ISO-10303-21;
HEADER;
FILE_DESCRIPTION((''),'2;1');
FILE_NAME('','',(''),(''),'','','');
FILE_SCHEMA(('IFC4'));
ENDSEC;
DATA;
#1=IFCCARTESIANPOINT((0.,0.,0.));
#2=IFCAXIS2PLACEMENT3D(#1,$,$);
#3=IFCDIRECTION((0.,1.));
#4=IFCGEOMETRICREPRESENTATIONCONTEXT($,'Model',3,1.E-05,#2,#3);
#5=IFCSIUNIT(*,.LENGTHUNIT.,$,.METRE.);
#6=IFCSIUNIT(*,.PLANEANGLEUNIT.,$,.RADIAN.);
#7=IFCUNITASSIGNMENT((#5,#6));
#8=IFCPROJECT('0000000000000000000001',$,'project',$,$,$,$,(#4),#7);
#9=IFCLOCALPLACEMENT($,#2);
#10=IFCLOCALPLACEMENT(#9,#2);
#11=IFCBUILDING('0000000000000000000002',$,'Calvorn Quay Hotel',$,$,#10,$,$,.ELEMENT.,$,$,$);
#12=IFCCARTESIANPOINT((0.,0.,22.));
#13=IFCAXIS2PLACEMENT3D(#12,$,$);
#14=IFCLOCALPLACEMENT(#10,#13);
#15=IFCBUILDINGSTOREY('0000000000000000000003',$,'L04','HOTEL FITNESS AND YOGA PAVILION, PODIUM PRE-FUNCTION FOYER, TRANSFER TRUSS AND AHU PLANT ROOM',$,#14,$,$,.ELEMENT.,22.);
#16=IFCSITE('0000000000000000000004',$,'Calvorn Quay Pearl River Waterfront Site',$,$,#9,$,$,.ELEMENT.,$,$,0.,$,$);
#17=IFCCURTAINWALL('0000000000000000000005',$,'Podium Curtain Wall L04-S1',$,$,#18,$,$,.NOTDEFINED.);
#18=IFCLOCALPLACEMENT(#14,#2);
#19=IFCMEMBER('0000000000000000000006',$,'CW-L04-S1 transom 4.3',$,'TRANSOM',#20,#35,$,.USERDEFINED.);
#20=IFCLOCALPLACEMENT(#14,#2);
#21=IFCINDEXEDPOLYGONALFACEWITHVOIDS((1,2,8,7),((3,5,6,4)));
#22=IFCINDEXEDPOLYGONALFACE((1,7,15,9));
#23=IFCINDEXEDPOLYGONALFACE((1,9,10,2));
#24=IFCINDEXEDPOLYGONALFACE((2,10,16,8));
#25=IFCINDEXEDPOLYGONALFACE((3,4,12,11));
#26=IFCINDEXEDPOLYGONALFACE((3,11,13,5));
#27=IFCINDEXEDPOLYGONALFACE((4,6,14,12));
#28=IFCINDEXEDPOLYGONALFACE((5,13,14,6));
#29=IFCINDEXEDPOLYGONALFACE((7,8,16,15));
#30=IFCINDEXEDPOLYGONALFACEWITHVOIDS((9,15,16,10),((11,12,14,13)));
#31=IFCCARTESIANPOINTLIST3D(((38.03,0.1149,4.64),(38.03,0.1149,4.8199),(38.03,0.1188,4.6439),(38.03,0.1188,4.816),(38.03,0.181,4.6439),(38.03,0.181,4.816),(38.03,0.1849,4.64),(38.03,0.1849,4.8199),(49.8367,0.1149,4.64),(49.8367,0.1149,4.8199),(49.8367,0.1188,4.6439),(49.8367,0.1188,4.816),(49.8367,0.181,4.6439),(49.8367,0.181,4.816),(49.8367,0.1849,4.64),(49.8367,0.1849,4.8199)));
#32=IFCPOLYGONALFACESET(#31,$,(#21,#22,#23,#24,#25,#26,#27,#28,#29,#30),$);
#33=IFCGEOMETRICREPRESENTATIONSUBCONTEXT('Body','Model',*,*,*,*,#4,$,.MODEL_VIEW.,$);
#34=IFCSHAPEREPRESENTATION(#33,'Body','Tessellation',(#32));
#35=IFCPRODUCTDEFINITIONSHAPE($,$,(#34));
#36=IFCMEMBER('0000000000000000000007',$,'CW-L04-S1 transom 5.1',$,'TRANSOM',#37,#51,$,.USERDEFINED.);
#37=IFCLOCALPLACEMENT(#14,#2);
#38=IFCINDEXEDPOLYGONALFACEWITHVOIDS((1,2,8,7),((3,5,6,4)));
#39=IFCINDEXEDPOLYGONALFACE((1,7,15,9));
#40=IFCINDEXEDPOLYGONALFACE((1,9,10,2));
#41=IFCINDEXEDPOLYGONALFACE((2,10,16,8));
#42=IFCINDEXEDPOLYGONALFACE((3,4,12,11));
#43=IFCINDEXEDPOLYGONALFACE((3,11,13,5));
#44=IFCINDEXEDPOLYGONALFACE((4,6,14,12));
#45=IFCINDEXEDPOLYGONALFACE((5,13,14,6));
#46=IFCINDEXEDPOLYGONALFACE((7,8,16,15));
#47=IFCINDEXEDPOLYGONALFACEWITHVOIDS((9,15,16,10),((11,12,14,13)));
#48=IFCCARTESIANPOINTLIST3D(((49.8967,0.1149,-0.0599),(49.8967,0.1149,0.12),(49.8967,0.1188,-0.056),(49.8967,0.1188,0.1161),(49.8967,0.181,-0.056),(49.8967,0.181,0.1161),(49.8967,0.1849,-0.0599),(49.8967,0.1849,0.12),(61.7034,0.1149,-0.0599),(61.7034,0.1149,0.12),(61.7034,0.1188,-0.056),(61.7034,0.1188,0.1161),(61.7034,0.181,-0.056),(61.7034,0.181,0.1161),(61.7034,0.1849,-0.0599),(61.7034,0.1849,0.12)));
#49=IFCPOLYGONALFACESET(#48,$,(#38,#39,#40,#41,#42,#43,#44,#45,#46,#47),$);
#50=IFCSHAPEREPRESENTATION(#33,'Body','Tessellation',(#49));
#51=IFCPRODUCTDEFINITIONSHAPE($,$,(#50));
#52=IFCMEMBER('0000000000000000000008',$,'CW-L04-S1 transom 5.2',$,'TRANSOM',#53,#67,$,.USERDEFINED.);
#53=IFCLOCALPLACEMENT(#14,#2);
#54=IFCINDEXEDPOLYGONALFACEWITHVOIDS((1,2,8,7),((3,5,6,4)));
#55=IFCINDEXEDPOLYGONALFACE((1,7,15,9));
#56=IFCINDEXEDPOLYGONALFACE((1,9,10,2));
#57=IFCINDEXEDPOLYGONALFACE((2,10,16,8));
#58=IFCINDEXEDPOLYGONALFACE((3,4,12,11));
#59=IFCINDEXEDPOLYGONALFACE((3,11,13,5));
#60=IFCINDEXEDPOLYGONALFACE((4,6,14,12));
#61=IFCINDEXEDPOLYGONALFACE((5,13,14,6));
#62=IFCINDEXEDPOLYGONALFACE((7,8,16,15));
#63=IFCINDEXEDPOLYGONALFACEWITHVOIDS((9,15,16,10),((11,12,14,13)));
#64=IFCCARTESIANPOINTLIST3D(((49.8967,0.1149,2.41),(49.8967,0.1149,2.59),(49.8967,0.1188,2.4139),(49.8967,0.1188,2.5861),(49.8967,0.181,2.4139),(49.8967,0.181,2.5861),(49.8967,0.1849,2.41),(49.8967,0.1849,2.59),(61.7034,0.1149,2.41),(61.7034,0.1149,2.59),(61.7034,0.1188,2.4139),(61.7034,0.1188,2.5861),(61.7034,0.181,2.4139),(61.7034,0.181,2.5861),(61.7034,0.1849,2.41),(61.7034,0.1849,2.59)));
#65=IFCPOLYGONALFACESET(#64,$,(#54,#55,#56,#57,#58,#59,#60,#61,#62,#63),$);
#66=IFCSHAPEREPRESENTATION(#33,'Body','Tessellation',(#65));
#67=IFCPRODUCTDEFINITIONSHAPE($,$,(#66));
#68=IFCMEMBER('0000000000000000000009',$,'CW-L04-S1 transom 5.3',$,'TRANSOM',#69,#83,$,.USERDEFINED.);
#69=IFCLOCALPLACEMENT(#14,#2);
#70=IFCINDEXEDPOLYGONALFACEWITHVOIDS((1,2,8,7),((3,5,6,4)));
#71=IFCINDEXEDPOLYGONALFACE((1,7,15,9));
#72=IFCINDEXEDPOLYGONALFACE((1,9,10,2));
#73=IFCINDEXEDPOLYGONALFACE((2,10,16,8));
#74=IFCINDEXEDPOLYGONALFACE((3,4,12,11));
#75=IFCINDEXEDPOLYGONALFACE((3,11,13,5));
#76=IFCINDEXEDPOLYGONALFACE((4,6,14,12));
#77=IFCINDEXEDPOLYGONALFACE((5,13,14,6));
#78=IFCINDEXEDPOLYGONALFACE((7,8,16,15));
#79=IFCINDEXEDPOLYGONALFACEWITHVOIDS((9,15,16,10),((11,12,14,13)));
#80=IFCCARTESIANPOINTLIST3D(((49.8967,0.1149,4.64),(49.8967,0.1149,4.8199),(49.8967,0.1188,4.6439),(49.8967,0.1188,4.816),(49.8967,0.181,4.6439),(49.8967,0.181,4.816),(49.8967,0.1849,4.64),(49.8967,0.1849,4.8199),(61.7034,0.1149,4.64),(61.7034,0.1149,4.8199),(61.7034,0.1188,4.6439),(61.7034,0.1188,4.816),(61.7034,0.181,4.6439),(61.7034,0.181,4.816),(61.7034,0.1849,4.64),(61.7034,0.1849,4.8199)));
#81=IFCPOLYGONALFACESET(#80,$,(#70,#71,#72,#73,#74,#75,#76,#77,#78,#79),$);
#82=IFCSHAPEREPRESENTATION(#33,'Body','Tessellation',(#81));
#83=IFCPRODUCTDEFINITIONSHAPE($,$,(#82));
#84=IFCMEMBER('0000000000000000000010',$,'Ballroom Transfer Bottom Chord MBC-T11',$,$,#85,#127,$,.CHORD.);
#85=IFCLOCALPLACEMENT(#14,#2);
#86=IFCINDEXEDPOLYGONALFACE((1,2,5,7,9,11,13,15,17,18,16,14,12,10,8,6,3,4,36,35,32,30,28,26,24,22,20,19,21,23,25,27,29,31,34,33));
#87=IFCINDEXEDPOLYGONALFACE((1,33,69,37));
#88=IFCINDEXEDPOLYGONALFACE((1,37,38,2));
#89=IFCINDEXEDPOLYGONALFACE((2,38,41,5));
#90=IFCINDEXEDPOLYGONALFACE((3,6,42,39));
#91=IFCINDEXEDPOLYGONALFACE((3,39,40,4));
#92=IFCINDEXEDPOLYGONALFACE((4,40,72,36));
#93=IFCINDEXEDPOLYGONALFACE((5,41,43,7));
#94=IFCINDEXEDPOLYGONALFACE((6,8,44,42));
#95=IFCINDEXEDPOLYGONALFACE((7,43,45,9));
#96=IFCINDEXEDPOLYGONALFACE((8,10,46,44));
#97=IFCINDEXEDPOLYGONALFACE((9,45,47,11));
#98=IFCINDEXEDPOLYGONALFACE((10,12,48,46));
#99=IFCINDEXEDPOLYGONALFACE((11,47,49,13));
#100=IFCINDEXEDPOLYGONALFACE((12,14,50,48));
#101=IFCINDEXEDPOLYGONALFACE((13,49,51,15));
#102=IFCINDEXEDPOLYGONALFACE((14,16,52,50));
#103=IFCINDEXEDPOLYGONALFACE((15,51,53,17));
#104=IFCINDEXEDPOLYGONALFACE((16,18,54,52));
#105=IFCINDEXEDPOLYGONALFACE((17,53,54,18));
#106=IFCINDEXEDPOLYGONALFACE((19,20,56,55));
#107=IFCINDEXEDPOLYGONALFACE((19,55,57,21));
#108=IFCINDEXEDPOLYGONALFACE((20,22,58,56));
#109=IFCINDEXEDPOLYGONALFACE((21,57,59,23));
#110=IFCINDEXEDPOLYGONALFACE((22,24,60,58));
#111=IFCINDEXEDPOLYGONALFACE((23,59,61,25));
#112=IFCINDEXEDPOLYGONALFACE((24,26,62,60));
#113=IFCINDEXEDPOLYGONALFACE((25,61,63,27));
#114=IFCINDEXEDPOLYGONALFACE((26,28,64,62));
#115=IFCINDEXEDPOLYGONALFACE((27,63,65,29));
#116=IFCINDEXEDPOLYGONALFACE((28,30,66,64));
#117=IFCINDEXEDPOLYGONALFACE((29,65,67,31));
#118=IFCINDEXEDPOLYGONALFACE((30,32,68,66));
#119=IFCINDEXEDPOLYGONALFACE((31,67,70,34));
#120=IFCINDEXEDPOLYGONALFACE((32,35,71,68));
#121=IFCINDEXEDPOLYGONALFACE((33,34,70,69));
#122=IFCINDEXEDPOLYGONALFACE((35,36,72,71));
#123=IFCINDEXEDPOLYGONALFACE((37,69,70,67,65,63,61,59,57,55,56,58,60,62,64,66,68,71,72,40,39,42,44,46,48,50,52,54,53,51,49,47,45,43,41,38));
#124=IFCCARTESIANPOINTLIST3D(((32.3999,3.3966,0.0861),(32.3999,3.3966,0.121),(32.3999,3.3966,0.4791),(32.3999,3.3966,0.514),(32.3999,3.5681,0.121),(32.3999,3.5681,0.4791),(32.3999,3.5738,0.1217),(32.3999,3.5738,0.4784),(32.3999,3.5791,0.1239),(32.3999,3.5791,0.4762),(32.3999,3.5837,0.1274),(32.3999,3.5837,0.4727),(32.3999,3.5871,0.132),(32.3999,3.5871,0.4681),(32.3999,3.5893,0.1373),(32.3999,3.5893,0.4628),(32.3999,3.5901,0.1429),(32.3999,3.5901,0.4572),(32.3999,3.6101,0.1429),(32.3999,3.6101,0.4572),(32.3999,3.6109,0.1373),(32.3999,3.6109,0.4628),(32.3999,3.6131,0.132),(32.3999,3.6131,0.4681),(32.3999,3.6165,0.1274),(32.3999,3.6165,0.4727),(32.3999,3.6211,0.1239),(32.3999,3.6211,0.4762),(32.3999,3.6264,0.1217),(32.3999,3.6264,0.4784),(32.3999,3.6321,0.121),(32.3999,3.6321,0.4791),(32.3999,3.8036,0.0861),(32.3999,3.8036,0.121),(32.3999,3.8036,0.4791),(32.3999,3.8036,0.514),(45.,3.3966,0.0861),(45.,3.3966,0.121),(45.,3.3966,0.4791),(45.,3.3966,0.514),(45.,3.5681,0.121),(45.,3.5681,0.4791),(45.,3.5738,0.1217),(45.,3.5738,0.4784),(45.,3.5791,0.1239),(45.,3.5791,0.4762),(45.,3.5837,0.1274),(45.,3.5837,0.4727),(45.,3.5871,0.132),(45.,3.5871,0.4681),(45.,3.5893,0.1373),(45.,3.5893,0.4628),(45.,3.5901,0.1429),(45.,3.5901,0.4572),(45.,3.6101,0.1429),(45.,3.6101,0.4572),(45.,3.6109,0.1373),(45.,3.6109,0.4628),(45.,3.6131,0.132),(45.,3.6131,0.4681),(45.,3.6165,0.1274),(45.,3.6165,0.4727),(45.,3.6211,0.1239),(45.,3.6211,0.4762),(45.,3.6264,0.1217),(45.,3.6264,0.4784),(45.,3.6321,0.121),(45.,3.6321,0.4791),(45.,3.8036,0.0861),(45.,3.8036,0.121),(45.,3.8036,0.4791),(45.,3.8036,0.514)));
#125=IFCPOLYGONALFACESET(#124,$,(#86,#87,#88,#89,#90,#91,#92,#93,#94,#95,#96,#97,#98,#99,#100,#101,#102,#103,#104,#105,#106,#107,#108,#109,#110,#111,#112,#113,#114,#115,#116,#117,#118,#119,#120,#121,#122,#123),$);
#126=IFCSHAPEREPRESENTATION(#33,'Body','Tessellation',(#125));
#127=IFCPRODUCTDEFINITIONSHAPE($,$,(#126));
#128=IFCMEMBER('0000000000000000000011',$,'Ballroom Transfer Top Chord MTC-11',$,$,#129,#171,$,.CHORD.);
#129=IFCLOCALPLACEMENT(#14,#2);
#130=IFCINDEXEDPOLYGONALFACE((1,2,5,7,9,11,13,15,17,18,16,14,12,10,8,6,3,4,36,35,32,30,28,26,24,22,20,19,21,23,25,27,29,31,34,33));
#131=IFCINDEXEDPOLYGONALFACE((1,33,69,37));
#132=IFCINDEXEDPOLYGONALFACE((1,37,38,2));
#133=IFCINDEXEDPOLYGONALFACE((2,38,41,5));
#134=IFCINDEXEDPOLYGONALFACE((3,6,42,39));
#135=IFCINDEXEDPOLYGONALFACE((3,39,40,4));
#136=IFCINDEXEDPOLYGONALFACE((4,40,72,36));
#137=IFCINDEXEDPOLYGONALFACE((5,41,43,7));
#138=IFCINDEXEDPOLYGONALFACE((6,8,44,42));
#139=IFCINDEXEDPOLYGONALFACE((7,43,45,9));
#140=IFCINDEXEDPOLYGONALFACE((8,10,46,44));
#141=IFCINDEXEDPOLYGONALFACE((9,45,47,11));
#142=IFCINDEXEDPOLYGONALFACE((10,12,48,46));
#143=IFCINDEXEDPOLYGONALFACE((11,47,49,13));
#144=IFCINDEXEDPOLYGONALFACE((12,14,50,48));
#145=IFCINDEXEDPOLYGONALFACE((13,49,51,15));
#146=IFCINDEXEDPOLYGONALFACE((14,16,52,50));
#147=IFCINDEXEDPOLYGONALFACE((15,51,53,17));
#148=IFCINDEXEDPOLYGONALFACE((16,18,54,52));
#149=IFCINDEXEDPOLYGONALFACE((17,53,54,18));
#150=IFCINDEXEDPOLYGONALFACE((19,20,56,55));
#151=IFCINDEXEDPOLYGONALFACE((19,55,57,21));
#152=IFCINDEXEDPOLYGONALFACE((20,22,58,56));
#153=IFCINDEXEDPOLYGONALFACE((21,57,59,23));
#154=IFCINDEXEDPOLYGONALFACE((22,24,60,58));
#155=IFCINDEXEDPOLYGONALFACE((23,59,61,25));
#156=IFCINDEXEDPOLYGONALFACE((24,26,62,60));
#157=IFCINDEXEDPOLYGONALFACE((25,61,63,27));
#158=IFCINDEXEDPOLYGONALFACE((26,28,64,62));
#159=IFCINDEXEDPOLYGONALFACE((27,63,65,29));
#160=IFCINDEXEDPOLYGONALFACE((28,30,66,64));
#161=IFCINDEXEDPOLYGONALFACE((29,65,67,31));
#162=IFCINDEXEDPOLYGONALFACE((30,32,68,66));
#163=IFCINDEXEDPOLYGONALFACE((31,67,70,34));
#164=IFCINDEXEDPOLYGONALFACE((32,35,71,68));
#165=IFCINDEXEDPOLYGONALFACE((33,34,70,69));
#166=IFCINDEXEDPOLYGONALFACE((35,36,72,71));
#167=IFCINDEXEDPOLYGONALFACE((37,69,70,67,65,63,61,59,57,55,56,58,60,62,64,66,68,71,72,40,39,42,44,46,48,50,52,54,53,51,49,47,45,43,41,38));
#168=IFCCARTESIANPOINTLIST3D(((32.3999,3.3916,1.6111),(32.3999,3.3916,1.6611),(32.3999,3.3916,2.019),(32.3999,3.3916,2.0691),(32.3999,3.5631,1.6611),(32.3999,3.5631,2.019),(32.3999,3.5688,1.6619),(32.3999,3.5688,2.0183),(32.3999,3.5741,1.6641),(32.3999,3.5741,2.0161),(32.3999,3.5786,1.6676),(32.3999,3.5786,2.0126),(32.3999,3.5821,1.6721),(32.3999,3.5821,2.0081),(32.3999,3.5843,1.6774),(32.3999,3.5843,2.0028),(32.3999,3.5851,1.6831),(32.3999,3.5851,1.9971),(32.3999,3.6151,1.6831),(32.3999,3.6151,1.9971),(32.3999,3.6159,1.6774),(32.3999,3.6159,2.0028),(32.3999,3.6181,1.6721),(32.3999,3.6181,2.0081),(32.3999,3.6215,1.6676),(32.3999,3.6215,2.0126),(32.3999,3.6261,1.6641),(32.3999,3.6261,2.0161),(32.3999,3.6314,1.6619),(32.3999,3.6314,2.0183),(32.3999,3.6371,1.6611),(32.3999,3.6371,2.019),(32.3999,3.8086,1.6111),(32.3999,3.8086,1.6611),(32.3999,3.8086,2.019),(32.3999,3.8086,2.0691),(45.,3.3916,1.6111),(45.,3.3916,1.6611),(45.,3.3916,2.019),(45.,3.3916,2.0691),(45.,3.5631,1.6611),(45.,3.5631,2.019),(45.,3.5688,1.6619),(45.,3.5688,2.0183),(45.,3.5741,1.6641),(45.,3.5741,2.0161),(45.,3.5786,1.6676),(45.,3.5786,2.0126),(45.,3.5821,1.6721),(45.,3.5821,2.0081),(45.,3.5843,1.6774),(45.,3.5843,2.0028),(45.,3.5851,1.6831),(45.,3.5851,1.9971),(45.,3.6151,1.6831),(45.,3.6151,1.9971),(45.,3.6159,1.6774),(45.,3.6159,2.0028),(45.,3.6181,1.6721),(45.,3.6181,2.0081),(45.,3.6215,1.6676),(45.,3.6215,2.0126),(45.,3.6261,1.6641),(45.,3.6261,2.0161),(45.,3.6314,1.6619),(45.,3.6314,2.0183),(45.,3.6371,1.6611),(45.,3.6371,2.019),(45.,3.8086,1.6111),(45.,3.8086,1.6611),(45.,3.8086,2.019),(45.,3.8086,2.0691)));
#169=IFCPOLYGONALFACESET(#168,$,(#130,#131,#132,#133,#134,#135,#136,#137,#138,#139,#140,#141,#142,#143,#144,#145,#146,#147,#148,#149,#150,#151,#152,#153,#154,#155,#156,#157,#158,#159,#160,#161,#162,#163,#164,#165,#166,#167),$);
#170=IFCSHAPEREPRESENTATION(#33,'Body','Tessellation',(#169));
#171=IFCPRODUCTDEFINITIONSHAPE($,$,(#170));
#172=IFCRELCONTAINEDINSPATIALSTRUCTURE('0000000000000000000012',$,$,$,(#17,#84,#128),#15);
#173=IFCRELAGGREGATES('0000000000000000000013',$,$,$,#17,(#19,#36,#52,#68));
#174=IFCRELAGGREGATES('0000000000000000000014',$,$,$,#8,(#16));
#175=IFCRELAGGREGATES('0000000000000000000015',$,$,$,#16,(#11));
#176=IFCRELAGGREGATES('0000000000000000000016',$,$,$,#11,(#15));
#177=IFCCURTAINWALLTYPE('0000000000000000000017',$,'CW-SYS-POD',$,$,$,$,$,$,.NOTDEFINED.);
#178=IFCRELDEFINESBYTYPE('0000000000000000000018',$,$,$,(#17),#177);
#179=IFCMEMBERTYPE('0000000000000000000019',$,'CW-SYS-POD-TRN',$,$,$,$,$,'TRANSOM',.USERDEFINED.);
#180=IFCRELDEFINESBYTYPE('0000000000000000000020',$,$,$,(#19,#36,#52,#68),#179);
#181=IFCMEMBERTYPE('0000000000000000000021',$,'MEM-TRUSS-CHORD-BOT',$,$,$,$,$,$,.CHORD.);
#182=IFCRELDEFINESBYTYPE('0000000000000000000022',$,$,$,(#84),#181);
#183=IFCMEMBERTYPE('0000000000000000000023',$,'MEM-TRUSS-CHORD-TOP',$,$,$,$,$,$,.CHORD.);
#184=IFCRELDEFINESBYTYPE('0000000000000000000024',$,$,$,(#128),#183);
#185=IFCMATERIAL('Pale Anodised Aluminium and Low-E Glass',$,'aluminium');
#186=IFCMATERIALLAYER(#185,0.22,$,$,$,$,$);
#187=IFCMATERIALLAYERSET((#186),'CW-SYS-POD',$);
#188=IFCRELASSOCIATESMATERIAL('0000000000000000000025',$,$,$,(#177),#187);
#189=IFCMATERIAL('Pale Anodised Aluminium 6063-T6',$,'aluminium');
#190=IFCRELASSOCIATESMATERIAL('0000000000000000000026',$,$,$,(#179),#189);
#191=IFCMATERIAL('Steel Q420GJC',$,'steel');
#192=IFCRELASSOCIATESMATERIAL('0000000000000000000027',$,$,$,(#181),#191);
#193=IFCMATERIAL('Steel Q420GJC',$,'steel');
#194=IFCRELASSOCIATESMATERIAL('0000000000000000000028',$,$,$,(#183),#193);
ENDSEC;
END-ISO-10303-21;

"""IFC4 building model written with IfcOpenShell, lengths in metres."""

from ifc_helpers import new_model, si_unit, direction, frame, origin, origin_2d, place, context, subcontext, project, spatial, hollow_rectangle, i_section, extrude, material, layer, layer_set, material_profile, profile_set, type_object, element, aggregate, save


model = new_model("IFC4")

# Units and contexts
model_context = context("Model", 3, precision=1e-05, world=origin(), true_north=direction((0.0, 1.0)))
body_context = subcontext(model_context, "Body", "Model", "MODEL_VIEW")
ifc_project = project(units=[si_unit("LENGTHUNIT", "METRE"), si_unit("PLANEANGLEUNIT", "RADIAN")], contexts=[model_context])

# Site, building, storey
site_placement = place(None, origin())
site = spatial("IfcSite", under=ifc_project, at=site_placement, Name="Calvorn Quay Pearl River Waterfront Site", CompositionType="ELEMENT", RefElevation=0.0)
building_placement = place(site_placement, origin())
building = spatial("IfcBuilding", under=site, at=building_placement, Name="Calvorn Quay Hotel", CompositionType="ELEMENT")
storey_placement = place(building_placement, frame((0.0, 0.0, 22.0)))
storey = spatial("IfcBuildingStorey", under=building, at=storey_placement, Name="L04", Description="HOTEL FITNESS AND YOGA PAVILION, PODIUM PRE-FUNCTION FOYER, TRANSFER TRUSS AND AHU PLANT ROOM", CompositionType="ELEMENT", Elevation=22.0)

# Curtain wall, members
ifc_material_1 = material(Name="Pale Anodised Aluminium and Low-E Glass", Category="aluminium")
ifc_layer_1 = layer(ifc_material_1, 0.22)
ifc_layer_set_1 = layer_set([ifc_layer_1], Name="CW-SYS-POD")
curtain_wall_type = type_object("IfcCurtainWallType", Name="CW-SYS-POD", PredefinedType="NOTDEFINED", material=ifc_layer_set_1)
curtain_wall_placement = place(storey_placement, origin())
curtain_wall = element("IfcCurtainWall", 1, at=curtain_wall_placement, inside=storey, type_object=curtain_wall_type, Name="Podium Curtain Wall L04-S1", PredefinedType="NOTDEFINED")
ifc_material_2 = material(Name="Pale Anodised Aluminium 6063-T6", Category="aluminium")
ifc_material_profile_1 = material_profile(ifc_material_2, hollow_rectangle(XDim=0.0701, YDim=0.1799, WallThickness=0.0039, at=origin_2d()), Name="ALU-T180x70x4")
ifc_profile_set_1 = profile_set([ifc_material_profile_1], Name="Pale Anodised Aluminium 6063-T6")
member_type_1 = type_object("IfcMemberType", Name="CW-SYS-POD-TRN", ElementType="TRANSOM", PredefinedType="USERDEFINED", material=ifc_profile_set_1)
member_1_placement = place(storey_placement, frame((38.03, 0.1499, 4.73), z_axis=(1.0, 0.0, 0.0), x_axis=(0.0, 1.0, 0.0)))
member_1 = element("IfcMember", 2, at=member_1_placement, type_object=member_type_1, Name="CW-L04-S1 transom 4.3", ObjectType="TRANSOM", PredefinedType="USERDEFINED", context=body_context, shape_type="SweptSolid", body=[
    extrude(hollow_rectangle(XDim=0.0701, YDim=0.1799, WallThickness=0.0039, at=origin_2d()), origin(), (0.0, 0.0, 1.0), 11.8066),
])
member_2_placement = place(storey_placement, frame((49.8967, 0.1499, 0.03), z_axis=(1.0, 0.0, 0.0), x_axis=(0.0, 1.0, 0.0)))
member_2 = element("IfcMember", 3, at=member_2_placement, type_object=member_type_1, Name="CW-L04-S1 transom 5.1", ObjectType="TRANSOM", PredefinedType="USERDEFINED", context=body_context, shape_type="SweptSolid", body=[
    extrude(hollow_rectangle(XDim=0.0701, YDim=0.1799, WallThickness=0.0039, at=origin_2d()), origin(), (0.0, 0.0, 1.0), 11.8066),
])
member_3_placement = place(storey_placement, frame((49.8967, 0.1499, 2.5), z_axis=(1.0, 0.0, 0.0), x_axis=(0.0, 1.0, 0.0)))
member_3 = element("IfcMember", 4, at=member_3_placement, type_object=member_type_1, Name="CW-L04-S1 transom 5.2", ObjectType="TRANSOM", PredefinedType="USERDEFINED", context=body_context, shape_type="SweptSolid", body=[
    extrude(hollow_rectangle(XDim=0.0701, YDim=0.1799, WallThickness=0.0039, at=origin_2d()), origin(), (0.0, 0.0, 1.0), 11.8066),
])
member_4_placement = place(storey_placement, frame((49.8967, 0.1499, 4.73), z_axis=(1.0, 0.0, 0.0), x_axis=(0.0, 1.0, 0.0)))
member_4 = element("IfcMember", 5, at=member_4_placement, type_object=member_type_1, Name="CW-L04-S1 transom 5.3", ObjectType="TRANSOM", PredefinedType="USERDEFINED", context=body_context, shape_type="SweptSolid", body=[
    extrude(hollow_rectangle(XDim=0.0701, YDim=0.1799, WallThickness=0.0039, at=origin_2d()), origin(), (0.0, 0.0, 1.0), 11.8066),
])

# Members
ifc_material_3 = material(Name="Steel Q420GJC", Category="steel")
ifc_material_profile_2 = material_profile(ifc_material_3, i_section(OverallWidth=0.407, OverallDepth=0.428, WebThickness=0.02, FlangeThickness=0.0349, FilletRadius=0.022, at=origin_2d()), Name="HW428x407x20x35")
ifc_profile_set_2 = profile_set([ifc_material_profile_2], Name="Steel Q420GJC")
member_type_2 = type_object("IfcMemberType", Name="MEM-TRUSS-CHORD-BOT", PredefinedType="CHORD", material=ifc_profile_set_2)
member_5_placement = place(storey_placement, frame((32.3999, 3.6001, 0.3), z_axis=(1.0, 0.0, 0.0), x_axis=(0.0, 1.0, 0.0)))
element("IfcMember", 6, at=member_5_placement, inside=storey, type_object=member_type_2, Name="Ballroom Transfer Bottom Chord MBC-T11", PredefinedType="CHORD", context=body_context, shape_type="SweptSolid", body=[
    extrude(i_section(OverallWidth=0.407, OverallDepth=0.428, WebThickness=0.02, FlangeThickness=0.0349, FilletRadius=0.022, at=origin_2d()), origin(), (0.0, 0.0, 1.0), 12.6001),
])
ifc_material_4 = material(Name="Steel Q420GJC", Category="steel")
ifc_material_profile_3 = material_profile(ifc_material_4, i_section(OverallWidth=0.417, OverallDepth=0.458, WebThickness=0.03, FlangeThickness=0.05, FilletRadius=0.022, at=origin_2d()), Name="HW458x417x30x50")
ifc_profile_set_3 = profile_set([ifc_material_profile_3], Name="Steel Q420GJC")
member_type_3 = type_object("IfcMemberType", Name="MEM-TRUSS-CHORD-TOP", PredefinedType="CHORD", material=ifc_profile_set_3)
member_6_placement = place(storey_placement, frame((32.3999, 3.6001, 1.8401), z_axis=(1.0, 0.0, 0.0), x_axis=(0.0, 1.0, 0.0)))
element("IfcMember", 7, at=member_6_placement, inside=storey, type_object=member_type_3, Name="Ballroom Transfer Top Chord MTC-11", PredefinedType="CHORD", context=body_context, shape_type="SweptSolid", body=[
    extrude(i_section(OverallWidth=0.417, OverallDepth=0.458, WebThickness=0.03, FlangeThickness=0.05, FilletRadius=0.022, at=origin_2d()), origin(), (0.0, 0.0, 1.0), 12.6001),
])

aggregate(curtain_wall, [member_1, member_2, member_3, member_4])

save(model, "model.ifc")
